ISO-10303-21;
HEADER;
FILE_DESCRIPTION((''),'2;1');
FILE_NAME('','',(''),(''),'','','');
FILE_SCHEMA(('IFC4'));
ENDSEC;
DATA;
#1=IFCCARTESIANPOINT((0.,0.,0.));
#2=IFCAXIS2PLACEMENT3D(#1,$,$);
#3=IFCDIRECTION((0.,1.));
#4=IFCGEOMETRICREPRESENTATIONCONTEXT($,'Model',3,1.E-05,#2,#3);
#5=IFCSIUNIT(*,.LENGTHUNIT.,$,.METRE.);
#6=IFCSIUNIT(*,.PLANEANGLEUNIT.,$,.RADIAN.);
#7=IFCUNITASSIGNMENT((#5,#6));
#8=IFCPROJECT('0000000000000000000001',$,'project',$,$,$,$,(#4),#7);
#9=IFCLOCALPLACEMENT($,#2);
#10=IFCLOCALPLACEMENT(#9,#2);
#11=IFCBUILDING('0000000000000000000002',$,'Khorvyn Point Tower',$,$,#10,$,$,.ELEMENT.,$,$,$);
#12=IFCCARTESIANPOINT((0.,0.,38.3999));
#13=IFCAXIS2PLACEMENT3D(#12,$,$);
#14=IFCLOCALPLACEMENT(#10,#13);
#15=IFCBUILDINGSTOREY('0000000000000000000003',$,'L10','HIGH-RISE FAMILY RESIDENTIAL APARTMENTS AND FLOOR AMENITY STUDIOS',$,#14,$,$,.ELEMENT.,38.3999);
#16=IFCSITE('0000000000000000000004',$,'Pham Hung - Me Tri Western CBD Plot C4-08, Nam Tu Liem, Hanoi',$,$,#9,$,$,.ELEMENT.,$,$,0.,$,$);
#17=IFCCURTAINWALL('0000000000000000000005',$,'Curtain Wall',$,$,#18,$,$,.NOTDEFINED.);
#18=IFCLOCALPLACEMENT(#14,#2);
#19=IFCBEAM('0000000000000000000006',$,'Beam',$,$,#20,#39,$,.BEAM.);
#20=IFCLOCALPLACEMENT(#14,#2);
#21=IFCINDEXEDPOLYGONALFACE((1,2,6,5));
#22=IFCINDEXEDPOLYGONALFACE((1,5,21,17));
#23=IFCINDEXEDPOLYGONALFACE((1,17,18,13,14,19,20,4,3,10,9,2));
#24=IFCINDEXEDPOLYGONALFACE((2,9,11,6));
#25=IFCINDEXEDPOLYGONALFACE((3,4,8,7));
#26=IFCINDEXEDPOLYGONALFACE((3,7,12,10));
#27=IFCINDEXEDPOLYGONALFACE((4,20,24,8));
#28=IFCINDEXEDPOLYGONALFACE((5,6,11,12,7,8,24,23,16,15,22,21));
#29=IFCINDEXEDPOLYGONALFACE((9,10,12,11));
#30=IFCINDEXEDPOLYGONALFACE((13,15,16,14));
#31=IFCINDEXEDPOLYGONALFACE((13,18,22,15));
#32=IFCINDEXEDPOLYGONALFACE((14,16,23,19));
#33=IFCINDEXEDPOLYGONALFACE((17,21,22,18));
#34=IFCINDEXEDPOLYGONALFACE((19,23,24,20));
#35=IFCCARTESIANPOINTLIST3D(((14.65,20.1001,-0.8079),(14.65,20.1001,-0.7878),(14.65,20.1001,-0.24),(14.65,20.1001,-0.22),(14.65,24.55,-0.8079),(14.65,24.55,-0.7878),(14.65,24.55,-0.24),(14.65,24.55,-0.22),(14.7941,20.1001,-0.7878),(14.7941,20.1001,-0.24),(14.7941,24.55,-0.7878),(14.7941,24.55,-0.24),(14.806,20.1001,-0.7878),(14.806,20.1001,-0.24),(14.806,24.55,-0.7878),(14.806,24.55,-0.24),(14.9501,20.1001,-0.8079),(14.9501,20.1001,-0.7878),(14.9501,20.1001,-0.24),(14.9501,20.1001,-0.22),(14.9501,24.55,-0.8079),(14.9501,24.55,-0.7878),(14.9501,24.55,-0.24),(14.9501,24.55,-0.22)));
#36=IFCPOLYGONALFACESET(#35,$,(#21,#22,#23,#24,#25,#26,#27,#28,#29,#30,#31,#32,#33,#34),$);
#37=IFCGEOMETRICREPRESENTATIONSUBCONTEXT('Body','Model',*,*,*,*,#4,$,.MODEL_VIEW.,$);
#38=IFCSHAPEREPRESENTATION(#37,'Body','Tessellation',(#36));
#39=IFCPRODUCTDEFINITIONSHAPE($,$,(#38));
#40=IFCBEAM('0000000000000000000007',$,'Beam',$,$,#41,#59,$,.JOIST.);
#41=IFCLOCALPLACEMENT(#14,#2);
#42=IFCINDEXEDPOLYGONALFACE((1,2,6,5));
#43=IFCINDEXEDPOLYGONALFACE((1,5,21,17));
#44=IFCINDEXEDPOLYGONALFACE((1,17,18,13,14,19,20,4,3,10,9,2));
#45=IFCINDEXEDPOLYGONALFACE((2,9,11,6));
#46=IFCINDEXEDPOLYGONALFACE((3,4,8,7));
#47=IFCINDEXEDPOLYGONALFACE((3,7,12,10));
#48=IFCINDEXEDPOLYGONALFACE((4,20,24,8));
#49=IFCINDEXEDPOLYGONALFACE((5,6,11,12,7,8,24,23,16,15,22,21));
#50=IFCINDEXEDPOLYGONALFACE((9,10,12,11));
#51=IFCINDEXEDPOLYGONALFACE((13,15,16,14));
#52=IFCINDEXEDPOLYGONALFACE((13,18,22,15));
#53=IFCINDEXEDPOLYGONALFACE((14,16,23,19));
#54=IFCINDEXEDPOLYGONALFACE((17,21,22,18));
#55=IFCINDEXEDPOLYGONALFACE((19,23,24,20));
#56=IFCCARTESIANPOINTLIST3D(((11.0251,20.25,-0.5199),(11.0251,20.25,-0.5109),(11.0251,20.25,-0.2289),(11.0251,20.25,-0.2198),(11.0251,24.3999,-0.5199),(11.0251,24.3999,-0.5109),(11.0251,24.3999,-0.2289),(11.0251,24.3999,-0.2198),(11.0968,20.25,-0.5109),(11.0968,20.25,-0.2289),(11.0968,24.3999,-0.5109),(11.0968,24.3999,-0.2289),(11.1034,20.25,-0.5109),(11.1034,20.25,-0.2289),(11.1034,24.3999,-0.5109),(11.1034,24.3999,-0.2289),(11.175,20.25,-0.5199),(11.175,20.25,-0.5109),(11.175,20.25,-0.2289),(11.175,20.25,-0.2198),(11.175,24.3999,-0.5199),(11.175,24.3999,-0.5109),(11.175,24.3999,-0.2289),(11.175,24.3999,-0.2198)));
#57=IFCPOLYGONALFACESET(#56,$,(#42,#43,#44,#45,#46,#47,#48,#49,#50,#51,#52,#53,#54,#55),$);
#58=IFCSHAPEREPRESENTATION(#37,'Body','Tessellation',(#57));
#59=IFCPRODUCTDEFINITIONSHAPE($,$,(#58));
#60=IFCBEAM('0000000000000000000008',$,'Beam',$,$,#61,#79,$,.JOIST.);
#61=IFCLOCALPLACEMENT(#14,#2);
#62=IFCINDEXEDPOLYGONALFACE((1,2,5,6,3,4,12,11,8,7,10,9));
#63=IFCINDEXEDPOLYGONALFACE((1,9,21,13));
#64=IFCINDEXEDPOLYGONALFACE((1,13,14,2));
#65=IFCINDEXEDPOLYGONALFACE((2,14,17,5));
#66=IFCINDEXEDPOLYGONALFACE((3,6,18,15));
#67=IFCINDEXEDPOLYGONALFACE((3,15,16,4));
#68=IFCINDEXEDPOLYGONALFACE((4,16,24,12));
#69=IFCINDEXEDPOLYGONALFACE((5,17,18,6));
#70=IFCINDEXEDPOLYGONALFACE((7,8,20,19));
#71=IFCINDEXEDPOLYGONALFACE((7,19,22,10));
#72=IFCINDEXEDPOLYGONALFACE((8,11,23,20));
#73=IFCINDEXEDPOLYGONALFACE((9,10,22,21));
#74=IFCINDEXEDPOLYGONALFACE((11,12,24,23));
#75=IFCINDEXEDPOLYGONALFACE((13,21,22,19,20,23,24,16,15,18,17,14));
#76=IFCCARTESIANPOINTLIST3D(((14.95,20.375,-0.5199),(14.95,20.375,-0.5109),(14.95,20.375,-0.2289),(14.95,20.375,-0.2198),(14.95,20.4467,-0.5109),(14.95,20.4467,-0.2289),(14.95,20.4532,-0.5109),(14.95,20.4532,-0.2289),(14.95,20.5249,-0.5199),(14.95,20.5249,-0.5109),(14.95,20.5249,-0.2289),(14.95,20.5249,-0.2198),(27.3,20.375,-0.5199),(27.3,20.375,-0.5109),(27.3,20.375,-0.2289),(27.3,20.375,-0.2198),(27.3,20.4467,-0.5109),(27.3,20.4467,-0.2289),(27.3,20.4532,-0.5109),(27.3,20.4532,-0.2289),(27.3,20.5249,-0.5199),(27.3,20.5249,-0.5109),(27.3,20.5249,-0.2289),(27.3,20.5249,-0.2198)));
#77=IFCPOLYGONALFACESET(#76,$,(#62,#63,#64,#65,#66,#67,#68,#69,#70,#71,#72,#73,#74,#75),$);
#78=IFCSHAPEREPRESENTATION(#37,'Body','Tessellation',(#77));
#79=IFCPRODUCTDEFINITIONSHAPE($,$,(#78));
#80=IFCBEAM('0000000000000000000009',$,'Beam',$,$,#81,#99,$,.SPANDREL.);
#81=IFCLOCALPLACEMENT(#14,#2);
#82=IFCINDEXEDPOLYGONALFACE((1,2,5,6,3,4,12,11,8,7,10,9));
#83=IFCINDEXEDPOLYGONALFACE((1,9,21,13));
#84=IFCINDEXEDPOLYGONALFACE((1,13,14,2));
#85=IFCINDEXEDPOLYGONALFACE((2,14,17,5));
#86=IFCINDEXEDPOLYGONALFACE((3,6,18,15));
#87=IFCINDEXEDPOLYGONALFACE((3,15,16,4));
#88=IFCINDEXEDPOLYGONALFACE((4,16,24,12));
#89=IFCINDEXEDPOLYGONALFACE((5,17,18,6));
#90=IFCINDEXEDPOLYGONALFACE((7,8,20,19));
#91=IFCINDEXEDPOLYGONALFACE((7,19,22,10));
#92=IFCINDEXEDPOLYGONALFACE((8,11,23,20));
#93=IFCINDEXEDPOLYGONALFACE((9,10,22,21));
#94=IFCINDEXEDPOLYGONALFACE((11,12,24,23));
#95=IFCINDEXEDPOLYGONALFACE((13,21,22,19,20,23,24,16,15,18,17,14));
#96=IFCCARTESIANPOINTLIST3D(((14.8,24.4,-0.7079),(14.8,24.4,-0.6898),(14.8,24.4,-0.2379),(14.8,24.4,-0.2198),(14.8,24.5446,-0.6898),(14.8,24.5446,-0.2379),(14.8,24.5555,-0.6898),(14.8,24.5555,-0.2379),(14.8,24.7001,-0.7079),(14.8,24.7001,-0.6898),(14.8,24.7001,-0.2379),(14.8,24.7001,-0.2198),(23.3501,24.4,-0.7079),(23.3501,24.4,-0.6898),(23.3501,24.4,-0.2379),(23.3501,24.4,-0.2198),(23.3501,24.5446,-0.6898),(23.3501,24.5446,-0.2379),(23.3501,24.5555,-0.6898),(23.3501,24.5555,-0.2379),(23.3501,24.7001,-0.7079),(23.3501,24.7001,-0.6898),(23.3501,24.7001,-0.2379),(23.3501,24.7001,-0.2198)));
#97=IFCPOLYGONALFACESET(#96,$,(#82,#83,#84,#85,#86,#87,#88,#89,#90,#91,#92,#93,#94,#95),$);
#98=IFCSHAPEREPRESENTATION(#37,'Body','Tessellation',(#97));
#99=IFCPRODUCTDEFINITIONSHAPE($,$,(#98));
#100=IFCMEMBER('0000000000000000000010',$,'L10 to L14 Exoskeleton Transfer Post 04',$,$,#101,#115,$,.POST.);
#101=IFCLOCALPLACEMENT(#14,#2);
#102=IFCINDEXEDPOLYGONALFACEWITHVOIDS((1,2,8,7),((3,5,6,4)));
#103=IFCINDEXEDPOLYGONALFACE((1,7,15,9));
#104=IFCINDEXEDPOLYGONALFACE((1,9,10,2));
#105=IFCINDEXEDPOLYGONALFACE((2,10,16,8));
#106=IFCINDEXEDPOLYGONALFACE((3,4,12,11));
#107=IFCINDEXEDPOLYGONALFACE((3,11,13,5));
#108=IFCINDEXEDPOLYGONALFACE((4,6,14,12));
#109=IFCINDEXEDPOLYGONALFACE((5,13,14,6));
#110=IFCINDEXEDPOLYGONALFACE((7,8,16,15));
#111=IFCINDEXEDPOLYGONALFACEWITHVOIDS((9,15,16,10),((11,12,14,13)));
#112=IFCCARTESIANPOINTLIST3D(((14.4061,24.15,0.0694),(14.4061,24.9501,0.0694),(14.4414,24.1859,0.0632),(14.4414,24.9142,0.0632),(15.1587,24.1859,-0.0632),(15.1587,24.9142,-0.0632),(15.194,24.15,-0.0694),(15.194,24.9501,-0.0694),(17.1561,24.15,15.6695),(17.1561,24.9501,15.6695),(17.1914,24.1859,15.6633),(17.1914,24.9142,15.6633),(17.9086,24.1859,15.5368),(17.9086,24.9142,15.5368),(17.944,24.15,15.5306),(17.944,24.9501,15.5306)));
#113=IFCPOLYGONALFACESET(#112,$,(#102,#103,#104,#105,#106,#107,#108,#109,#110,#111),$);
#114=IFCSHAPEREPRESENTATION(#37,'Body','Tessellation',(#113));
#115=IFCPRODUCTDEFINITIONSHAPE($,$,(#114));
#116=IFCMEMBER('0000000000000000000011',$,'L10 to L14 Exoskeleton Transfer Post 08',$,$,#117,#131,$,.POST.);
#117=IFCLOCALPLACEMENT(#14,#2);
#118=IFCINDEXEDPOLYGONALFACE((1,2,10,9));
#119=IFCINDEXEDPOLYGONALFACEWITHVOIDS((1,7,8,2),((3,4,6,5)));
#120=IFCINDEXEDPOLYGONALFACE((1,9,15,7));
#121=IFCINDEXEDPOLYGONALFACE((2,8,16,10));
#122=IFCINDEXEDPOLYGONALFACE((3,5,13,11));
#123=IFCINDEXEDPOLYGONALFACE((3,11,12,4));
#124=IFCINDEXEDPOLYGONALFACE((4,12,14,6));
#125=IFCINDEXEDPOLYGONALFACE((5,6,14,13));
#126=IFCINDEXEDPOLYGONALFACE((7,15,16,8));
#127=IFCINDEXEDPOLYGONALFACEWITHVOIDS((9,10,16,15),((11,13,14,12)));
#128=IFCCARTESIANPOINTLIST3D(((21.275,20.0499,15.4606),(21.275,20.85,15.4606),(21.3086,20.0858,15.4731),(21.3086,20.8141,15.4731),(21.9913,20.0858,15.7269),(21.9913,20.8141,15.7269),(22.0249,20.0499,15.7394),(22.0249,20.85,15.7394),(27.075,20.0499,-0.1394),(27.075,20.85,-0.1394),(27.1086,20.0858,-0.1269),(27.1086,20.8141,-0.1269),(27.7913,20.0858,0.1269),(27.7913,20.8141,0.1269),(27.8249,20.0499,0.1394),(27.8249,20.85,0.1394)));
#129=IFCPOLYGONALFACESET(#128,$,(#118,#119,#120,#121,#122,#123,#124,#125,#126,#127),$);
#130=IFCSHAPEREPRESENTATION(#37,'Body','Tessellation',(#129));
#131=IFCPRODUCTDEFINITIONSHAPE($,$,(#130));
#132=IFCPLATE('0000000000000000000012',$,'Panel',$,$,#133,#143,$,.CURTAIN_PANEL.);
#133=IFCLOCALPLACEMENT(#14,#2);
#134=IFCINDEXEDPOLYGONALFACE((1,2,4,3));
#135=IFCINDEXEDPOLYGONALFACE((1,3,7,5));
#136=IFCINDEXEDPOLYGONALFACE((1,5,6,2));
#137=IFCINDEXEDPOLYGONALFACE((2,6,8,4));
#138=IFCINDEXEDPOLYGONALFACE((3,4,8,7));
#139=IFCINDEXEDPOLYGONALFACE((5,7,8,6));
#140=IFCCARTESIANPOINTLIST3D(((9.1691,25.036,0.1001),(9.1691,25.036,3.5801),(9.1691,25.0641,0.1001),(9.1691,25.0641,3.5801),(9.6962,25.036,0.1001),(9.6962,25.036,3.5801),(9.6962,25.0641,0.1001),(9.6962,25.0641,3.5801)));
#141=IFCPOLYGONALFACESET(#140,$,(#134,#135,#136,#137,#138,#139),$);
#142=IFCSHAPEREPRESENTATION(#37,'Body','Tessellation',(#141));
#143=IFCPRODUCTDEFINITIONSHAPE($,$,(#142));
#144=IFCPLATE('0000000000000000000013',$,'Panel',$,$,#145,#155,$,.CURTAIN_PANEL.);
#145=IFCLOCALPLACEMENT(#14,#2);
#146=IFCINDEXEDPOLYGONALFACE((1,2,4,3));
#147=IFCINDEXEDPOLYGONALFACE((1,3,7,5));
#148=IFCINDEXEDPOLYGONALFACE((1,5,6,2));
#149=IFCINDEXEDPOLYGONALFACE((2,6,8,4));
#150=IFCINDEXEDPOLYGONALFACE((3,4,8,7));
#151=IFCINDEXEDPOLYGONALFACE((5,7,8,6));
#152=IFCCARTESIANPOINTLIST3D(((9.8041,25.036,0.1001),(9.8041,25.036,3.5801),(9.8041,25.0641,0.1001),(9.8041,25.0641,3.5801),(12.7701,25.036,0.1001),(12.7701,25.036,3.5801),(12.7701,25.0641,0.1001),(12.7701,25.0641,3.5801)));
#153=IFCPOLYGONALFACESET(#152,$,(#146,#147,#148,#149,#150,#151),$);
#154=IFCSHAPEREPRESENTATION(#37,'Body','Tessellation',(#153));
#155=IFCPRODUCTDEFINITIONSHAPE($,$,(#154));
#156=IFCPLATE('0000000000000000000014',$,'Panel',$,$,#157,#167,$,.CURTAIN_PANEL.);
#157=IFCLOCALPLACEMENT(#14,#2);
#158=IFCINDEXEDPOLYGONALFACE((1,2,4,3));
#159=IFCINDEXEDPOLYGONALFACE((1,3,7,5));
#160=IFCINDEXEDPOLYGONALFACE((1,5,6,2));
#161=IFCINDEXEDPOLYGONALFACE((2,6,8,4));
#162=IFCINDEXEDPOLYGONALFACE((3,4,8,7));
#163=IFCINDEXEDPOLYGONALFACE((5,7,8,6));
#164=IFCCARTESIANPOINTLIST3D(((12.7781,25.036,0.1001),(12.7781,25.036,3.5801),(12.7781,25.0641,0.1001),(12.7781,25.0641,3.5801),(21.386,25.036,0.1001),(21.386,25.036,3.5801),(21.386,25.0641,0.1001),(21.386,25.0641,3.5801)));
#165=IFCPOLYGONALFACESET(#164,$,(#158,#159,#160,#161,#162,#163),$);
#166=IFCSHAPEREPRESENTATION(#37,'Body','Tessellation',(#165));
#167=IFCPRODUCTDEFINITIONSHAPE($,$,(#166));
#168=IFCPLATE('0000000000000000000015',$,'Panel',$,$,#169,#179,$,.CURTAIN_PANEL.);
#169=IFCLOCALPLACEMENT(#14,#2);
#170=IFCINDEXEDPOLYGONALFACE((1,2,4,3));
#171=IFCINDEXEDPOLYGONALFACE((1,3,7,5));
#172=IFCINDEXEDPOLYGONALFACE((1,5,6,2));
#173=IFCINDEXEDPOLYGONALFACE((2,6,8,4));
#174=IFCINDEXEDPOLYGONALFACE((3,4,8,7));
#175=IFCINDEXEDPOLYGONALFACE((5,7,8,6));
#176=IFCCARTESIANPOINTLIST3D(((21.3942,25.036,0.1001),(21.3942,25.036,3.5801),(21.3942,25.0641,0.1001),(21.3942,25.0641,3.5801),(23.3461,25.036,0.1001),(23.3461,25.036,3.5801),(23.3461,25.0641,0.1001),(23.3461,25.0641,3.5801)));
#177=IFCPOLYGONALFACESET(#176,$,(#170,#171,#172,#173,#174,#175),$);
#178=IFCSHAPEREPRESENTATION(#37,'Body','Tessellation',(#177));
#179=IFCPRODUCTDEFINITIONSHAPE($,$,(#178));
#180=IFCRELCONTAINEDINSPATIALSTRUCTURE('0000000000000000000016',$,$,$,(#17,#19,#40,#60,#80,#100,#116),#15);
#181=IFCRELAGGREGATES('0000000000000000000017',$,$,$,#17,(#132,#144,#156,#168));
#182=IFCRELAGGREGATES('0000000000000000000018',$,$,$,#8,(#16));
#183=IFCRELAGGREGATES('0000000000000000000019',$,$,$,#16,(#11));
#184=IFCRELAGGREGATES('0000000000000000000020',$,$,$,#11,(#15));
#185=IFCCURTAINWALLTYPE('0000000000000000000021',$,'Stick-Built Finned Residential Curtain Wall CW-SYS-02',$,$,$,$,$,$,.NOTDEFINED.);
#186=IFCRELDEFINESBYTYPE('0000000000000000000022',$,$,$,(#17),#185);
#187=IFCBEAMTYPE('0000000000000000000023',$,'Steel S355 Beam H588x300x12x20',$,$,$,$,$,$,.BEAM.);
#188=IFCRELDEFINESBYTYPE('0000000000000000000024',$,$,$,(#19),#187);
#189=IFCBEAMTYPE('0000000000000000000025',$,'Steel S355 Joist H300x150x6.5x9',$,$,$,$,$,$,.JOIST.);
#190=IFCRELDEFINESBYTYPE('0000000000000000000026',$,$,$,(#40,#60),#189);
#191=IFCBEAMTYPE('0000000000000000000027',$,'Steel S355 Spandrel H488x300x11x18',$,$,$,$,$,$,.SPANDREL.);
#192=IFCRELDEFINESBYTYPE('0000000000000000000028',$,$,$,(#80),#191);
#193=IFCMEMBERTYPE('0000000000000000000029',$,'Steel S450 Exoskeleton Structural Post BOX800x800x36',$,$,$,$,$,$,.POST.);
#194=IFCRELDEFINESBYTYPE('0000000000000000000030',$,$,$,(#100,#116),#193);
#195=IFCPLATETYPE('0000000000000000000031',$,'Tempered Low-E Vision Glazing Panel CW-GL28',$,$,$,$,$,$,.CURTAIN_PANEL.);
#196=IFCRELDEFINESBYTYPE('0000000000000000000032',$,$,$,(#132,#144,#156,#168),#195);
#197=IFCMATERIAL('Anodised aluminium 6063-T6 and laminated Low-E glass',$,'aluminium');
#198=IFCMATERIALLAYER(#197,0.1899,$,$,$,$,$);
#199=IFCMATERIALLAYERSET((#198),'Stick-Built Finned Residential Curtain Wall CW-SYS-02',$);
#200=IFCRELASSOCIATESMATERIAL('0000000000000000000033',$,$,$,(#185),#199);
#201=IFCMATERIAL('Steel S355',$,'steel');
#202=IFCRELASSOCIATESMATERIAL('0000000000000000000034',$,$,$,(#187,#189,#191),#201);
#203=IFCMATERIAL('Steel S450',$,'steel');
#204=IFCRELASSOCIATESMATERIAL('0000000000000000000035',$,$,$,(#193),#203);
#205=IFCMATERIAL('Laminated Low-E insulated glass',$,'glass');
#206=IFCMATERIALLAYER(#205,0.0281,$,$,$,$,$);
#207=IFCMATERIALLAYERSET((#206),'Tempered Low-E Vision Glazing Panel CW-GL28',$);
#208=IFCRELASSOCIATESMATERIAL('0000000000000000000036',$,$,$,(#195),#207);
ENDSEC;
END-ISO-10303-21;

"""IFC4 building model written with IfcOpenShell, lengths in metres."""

from ifc_helpers import new_model, si_unit, direction, frame, origin, origin_2d, place, context, subcontext, project, spatial, rectangle, hollow_rectangle, i_section, extrude, material, layer, layer_set, material_profile, profile_set, type_object, element, aggregate, save


model = new_model("IFC4")

# Units and contexts
model_context = context("Model", 3, precision=1e-05, world=origin(), true_north=direction((0.0, 1.0)))
body_context = subcontext(model_context, "Body", "Model", "MODEL_VIEW")
ifc_project = project(units=[si_unit("LENGTHUNIT", "METRE"), si_unit("PLANEANGLEUNIT", "RADIAN")], contexts=[model_context])

# Site, building, storey
site_placement = place(None, origin())
site = spatial("IfcSite", under=ifc_project, at=site_placement, Name="Pham Hung - Me Tri Western CBD Plot C4-08, Nam Tu Liem, Hanoi", CompositionType="ELEMENT", RefElevation=0.0)
building_placement = place(site_placement, origin())
building = spatial("IfcBuilding", under=site, at=building_placement, Name="Khorvyn Point Tower", CompositionType="ELEMENT")
storey_placement = place(building_placement, frame((0.0, 0.0, 38.3999)))
storey = spatial("IfcBuildingStorey", under=building, at=storey_placement, Name="L10", Description="HIGH-RISE FAMILY RESIDENTIAL APARTMENTS AND FLOOR AMENITY STUDIOS", CompositionType="ELEMENT", Elevation=38.3999)

# Shared definitions
ifc_material_1 = material(Name="Steel S450", Category="steel")

# Curtain wall
ifc_material_2 = material(Name="Anodised aluminium 6063-T6 and laminated Low-E glass", Category="aluminium")
ifc_layer_1 = layer(ifc_material_2, 0.1899)
ifc_layer_set_1 = layer_set([ifc_layer_1], Name="Stick-Built Finned Residential Curtain Wall CW-SYS-02")
curtain_wall_type = type_object("IfcCurtainWallType", Name="Stick-Built Finned Residential Curtain Wall CW-SYS-02", PredefinedType="NOTDEFINED", material=ifc_layer_set_1)
curtain_wall_1_placement = place(storey_placement, origin())
curtain_wall_1 = element("IfcCurtainWall", 1, at=curtain_wall_1_placement, inside=storey, type_object=curtain_wall_type, Name="Curtain Wall", PredefinedType="NOTDEFINED")

# Beams
ifc_material_3 = material(Name="Steel S355", Category="steel")
ifc_material_profile_1 = material_profile(ifc_material_3, i_section(OverallWidth=0.3, OverallDepth=0.5879, WebThickness=0.012, FlangeThickness=0.02, at=origin_2d()))
ifc_profile_set_1 = profile_set([ifc_material_profile_1], Name="Steel S355 H588x300x12x20")
beam_type_1 = type_object("IfcBeamType", Name="Steel S355 Beam H588x300x12x20", PredefinedType="BEAM", material=ifc_profile_set_1)
beam_1_placement = place(storey_placement, frame((14.8, 20.1001, -0.5139), z_axis=(0.0, 1.0, 0.0), x_axis=(-1.0, 0.0, 0.0)))
element("IfcBeam", 2, at=beam_1_placement, inside=storey, type_object=beam_type_1, Name="Beam", PredefinedType="BEAM", context=body_context, shape_type="SweptSolid", body=[
    extrude(i_section(OverallWidth=0.3, OverallDepth=0.5879, WebThickness=0.012, FlangeThickness=0.02, at=origin_2d()), origin(), (0.0, 0.0, 1.0), 4.45),
])
ifc_material_profile_2 = material_profile(ifc_material_3, i_section(OverallWidth=0.1499, OverallDepth=0.3, WebThickness=0.0066, FlangeThickness=0.009, at=origin_2d()))
ifc_profile_set_2 = profile_set([ifc_material_profile_2], Name="Steel S355 H300x150x6.5x9")
beam_type_2 = type_object("IfcBeamType", Name="Steel S355 Joist H300x150x6.5x9", PredefinedType="JOIST", material=ifc_profile_set_2)
beam_2_placement = place(storey_placement, frame((11.1001, 20.25, -0.3699), z_axis=(0.0, 1.0, 0.0), x_axis=(-1.0, 0.0, 0.0)))
element("IfcBeam", 3, at=beam_2_placement, inside=storey, type_object=beam_type_2, Name="Beam", PredefinedType="JOIST", context=body_context, shape_type="SweptSolid", body=[
    extrude(i_section(OverallWidth=0.1499, OverallDepth=0.3, WebThickness=0.0066, FlangeThickness=0.009, at=origin_2d()), origin(), (0.0, 0.0, 1.0), 4.1499),
])
beam_3_placement = place(storey_placement, frame((14.95, 20.45, -0.3699), z_axis=(1.0, 0.0, 0.0), x_axis=(0.0, 1.0, 0.0)))
element("IfcBeam", 4, at=beam_3_placement, inside=storey, type_object=beam_type_2, Name="Beam", PredefinedType="JOIST", context=body_context, shape_type="SweptSolid", body=[
    extrude(i_section(OverallWidth=0.1499, OverallDepth=0.3, WebThickness=0.0066, FlangeThickness=0.009, at=origin_2d()), origin(), (0.0, 0.0, 1.0), 12.3501),
])
ifc_material_profile_3 = material_profile(ifc_material_3, i_section(OverallWidth=0.3, OverallDepth=0.488, WebThickness=0.011, FlangeThickness=0.0181, at=origin_2d()))
ifc_profile_set_3 = profile_set([ifc_material_profile_3], Name="Steel S355 H488x300x11x18")
beam_type_3 = type_object("IfcBeamType", Name="Steel S355 Spandrel H488x300x11x18", PredefinedType="SPANDREL", material=ifc_profile_set_3)
beam_4_placement = place(storey_placement, frame((14.8, 24.55, -0.4639), z_axis=(1.0, 0.0, 0.0), x_axis=(0.0, 1.0, 0.0)))
element("IfcBeam", 5, at=beam_4_placement, inside=storey, type_object=beam_type_3, Name="Beam", PredefinedType="SPANDREL", context=body_context, shape_type="SweptSolid", body=[
    extrude(i_section(OverallWidth=0.3, OverallDepth=0.488, WebThickness=0.011, FlangeThickness=0.0181, at=origin_2d()), origin(), (0.0, 0.0, 1.0), 8.55),
])

# Members
ifc_material_profile_4 = material_profile(ifc_material_1, hollow_rectangle(XDim=0.8, YDim=0.8, WallThickness=0.0359, at=origin_2d()))
ifc_profile_set_4 = profile_set([ifc_material_profile_4], Name="Steel S450 BOX800x800x36")
member_type_1 = type_object("IfcMemberType", Name="Steel S450 Exoskeleton Structural Post BOX800x800x36", PredefinedType="POST", material=ifc_profile_set_4)
member_1_placement = place(storey_placement, frame((14.8, 24.55, 0.0), z_axis=(0.173604, 0.0, 0.984816), x_axis=(0.0, 1.0, 0.0)))
element("IfcMember", 6, at=member_1_placement, inside=storey, type_object=member_type_1, Name="L10 to L14 Exoskeleton Transfer Post 04", PredefinedType="POST", context=body_context, shape_type="SweptSolid", body=[
    extrude(hollow_rectangle(XDim=0.8, YDim=0.8, WallThickness=0.0359, at=origin_2d()), origin(), (0.0, 0.0, 1.0), 15.8406),
])
member_2_placement = place(storey_placement, frame((27.45, 20.45, 0.0), z_axis=(-0.348489, 0.0, 0.937313), x_axis=(0.0, -1.0, 0.0)))
element("IfcMember", 7, at=member_2_placement, inside=storey, type_object=member_type_1, Name="L10 to L14 Exoskeleton Transfer Post 08", PredefinedType="POST", context=body_context, shape_type="SweptSolid", body=[
    extrude(hollow_rectangle(XDim=0.8, YDim=0.8, WallThickness=0.0359, at=origin_2d()), origin(), (0.0, 0.0, 1.0), 16.6433),
])

# Plates
ifc_material_4 = material(Name="Laminated Low-E insulated glass", Category="glass")
ifc_layer_2 = layer(ifc_material_4, 0.0281)
ifc_layer_set_2 = layer_set([ifc_layer_2], Name="Tempered Low-E Vision Glazing Panel CW-GL28")
plate_type = type_object("IfcPlateType", Name="Tempered Low-E Vision Glazing Panel CW-GL28", PredefinedType="CURTAIN_PANEL", material=ifc_layer_set_2)
plate_1_placement = place(storey_placement, frame((9.4326, 25.05, 0.1001), z_axis=(0.0, 0.0, 1.0), x_axis=(1.0, 0.0, 0.0)))
plate_1 = element("IfcPlate", 8, at=plate_1_placement, type_object=plate_type, Name="Panel", PredefinedType="CURTAIN_PANEL", context=body_context, shape_type="SweptSolid", body=[
    extrude(rectangle(XDim=0.5271, YDim=0.0281, at=origin_2d()), origin(), (0.0, 0.0, 1.0), 3.48),
])
plate_2_placement = place(storey_placement, frame((11.2871, 25.05, 0.1001), z_axis=(0.0, 0.0, 1.0), x_axis=(1.0, 0.0, 0.0)))
plate_2 = element("IfcPlate", 9, at=plate_2_placement, type_object=plate_type, Name="Panel", PredefinedType="CURTAIN_PANEL", context=body_context, shape_type="SweptSolid", body=[
    extrude(rectangle(XDim=2.9661, YDim=0.0281, at=origin_2d()), origin(), (0.0, 0.0, 1.0), 3.48),
])
plate_3_placement = place(storey_placement, frame((17.082, 25.05, 0.1001), z_axis=(0.0, 0.0, 1.0), x_axis=(1.0, 0.0, 0.0)))
plate_3 = element("IfcPlate", 10, at=plate_3_placement, type_object=plate_type, Name="Panel", PredefinedType="CURTAIN_PANEL", context=body_context, shape_type="SweptSolid", body=[
    extrude(rectangle(XDim=8.6079, YDim=0.0281, at=origin_2d()), origin(), (0.0, 0.0, 1.0), 3.48),
])
plate_4_placement = place(storey_placement, frame((22.3701, 25.05, 0.1001), z_axis=(0.0, 0.0, 1.0), x_axis=(1.0, 0.0, 0.0)))
plate_4 = element("IfcPlate", 11, at=plate_4_placement, type_object=plate_type, Name="Panel", PredefinedType="CURTAIN_PANEL", context=body_context, shape_type="SweptSolid", body=[
    extrude(rectangle(XDim=1.9519, YDim=0.0281, at=origin_2d()), origin(), (0.0, 0.0, 1.0), 3.48),
])
aggregate(curtain_wall_1, [plate_1, plate_2, plate_3, plate_4])

save(model, "model.ifc")
